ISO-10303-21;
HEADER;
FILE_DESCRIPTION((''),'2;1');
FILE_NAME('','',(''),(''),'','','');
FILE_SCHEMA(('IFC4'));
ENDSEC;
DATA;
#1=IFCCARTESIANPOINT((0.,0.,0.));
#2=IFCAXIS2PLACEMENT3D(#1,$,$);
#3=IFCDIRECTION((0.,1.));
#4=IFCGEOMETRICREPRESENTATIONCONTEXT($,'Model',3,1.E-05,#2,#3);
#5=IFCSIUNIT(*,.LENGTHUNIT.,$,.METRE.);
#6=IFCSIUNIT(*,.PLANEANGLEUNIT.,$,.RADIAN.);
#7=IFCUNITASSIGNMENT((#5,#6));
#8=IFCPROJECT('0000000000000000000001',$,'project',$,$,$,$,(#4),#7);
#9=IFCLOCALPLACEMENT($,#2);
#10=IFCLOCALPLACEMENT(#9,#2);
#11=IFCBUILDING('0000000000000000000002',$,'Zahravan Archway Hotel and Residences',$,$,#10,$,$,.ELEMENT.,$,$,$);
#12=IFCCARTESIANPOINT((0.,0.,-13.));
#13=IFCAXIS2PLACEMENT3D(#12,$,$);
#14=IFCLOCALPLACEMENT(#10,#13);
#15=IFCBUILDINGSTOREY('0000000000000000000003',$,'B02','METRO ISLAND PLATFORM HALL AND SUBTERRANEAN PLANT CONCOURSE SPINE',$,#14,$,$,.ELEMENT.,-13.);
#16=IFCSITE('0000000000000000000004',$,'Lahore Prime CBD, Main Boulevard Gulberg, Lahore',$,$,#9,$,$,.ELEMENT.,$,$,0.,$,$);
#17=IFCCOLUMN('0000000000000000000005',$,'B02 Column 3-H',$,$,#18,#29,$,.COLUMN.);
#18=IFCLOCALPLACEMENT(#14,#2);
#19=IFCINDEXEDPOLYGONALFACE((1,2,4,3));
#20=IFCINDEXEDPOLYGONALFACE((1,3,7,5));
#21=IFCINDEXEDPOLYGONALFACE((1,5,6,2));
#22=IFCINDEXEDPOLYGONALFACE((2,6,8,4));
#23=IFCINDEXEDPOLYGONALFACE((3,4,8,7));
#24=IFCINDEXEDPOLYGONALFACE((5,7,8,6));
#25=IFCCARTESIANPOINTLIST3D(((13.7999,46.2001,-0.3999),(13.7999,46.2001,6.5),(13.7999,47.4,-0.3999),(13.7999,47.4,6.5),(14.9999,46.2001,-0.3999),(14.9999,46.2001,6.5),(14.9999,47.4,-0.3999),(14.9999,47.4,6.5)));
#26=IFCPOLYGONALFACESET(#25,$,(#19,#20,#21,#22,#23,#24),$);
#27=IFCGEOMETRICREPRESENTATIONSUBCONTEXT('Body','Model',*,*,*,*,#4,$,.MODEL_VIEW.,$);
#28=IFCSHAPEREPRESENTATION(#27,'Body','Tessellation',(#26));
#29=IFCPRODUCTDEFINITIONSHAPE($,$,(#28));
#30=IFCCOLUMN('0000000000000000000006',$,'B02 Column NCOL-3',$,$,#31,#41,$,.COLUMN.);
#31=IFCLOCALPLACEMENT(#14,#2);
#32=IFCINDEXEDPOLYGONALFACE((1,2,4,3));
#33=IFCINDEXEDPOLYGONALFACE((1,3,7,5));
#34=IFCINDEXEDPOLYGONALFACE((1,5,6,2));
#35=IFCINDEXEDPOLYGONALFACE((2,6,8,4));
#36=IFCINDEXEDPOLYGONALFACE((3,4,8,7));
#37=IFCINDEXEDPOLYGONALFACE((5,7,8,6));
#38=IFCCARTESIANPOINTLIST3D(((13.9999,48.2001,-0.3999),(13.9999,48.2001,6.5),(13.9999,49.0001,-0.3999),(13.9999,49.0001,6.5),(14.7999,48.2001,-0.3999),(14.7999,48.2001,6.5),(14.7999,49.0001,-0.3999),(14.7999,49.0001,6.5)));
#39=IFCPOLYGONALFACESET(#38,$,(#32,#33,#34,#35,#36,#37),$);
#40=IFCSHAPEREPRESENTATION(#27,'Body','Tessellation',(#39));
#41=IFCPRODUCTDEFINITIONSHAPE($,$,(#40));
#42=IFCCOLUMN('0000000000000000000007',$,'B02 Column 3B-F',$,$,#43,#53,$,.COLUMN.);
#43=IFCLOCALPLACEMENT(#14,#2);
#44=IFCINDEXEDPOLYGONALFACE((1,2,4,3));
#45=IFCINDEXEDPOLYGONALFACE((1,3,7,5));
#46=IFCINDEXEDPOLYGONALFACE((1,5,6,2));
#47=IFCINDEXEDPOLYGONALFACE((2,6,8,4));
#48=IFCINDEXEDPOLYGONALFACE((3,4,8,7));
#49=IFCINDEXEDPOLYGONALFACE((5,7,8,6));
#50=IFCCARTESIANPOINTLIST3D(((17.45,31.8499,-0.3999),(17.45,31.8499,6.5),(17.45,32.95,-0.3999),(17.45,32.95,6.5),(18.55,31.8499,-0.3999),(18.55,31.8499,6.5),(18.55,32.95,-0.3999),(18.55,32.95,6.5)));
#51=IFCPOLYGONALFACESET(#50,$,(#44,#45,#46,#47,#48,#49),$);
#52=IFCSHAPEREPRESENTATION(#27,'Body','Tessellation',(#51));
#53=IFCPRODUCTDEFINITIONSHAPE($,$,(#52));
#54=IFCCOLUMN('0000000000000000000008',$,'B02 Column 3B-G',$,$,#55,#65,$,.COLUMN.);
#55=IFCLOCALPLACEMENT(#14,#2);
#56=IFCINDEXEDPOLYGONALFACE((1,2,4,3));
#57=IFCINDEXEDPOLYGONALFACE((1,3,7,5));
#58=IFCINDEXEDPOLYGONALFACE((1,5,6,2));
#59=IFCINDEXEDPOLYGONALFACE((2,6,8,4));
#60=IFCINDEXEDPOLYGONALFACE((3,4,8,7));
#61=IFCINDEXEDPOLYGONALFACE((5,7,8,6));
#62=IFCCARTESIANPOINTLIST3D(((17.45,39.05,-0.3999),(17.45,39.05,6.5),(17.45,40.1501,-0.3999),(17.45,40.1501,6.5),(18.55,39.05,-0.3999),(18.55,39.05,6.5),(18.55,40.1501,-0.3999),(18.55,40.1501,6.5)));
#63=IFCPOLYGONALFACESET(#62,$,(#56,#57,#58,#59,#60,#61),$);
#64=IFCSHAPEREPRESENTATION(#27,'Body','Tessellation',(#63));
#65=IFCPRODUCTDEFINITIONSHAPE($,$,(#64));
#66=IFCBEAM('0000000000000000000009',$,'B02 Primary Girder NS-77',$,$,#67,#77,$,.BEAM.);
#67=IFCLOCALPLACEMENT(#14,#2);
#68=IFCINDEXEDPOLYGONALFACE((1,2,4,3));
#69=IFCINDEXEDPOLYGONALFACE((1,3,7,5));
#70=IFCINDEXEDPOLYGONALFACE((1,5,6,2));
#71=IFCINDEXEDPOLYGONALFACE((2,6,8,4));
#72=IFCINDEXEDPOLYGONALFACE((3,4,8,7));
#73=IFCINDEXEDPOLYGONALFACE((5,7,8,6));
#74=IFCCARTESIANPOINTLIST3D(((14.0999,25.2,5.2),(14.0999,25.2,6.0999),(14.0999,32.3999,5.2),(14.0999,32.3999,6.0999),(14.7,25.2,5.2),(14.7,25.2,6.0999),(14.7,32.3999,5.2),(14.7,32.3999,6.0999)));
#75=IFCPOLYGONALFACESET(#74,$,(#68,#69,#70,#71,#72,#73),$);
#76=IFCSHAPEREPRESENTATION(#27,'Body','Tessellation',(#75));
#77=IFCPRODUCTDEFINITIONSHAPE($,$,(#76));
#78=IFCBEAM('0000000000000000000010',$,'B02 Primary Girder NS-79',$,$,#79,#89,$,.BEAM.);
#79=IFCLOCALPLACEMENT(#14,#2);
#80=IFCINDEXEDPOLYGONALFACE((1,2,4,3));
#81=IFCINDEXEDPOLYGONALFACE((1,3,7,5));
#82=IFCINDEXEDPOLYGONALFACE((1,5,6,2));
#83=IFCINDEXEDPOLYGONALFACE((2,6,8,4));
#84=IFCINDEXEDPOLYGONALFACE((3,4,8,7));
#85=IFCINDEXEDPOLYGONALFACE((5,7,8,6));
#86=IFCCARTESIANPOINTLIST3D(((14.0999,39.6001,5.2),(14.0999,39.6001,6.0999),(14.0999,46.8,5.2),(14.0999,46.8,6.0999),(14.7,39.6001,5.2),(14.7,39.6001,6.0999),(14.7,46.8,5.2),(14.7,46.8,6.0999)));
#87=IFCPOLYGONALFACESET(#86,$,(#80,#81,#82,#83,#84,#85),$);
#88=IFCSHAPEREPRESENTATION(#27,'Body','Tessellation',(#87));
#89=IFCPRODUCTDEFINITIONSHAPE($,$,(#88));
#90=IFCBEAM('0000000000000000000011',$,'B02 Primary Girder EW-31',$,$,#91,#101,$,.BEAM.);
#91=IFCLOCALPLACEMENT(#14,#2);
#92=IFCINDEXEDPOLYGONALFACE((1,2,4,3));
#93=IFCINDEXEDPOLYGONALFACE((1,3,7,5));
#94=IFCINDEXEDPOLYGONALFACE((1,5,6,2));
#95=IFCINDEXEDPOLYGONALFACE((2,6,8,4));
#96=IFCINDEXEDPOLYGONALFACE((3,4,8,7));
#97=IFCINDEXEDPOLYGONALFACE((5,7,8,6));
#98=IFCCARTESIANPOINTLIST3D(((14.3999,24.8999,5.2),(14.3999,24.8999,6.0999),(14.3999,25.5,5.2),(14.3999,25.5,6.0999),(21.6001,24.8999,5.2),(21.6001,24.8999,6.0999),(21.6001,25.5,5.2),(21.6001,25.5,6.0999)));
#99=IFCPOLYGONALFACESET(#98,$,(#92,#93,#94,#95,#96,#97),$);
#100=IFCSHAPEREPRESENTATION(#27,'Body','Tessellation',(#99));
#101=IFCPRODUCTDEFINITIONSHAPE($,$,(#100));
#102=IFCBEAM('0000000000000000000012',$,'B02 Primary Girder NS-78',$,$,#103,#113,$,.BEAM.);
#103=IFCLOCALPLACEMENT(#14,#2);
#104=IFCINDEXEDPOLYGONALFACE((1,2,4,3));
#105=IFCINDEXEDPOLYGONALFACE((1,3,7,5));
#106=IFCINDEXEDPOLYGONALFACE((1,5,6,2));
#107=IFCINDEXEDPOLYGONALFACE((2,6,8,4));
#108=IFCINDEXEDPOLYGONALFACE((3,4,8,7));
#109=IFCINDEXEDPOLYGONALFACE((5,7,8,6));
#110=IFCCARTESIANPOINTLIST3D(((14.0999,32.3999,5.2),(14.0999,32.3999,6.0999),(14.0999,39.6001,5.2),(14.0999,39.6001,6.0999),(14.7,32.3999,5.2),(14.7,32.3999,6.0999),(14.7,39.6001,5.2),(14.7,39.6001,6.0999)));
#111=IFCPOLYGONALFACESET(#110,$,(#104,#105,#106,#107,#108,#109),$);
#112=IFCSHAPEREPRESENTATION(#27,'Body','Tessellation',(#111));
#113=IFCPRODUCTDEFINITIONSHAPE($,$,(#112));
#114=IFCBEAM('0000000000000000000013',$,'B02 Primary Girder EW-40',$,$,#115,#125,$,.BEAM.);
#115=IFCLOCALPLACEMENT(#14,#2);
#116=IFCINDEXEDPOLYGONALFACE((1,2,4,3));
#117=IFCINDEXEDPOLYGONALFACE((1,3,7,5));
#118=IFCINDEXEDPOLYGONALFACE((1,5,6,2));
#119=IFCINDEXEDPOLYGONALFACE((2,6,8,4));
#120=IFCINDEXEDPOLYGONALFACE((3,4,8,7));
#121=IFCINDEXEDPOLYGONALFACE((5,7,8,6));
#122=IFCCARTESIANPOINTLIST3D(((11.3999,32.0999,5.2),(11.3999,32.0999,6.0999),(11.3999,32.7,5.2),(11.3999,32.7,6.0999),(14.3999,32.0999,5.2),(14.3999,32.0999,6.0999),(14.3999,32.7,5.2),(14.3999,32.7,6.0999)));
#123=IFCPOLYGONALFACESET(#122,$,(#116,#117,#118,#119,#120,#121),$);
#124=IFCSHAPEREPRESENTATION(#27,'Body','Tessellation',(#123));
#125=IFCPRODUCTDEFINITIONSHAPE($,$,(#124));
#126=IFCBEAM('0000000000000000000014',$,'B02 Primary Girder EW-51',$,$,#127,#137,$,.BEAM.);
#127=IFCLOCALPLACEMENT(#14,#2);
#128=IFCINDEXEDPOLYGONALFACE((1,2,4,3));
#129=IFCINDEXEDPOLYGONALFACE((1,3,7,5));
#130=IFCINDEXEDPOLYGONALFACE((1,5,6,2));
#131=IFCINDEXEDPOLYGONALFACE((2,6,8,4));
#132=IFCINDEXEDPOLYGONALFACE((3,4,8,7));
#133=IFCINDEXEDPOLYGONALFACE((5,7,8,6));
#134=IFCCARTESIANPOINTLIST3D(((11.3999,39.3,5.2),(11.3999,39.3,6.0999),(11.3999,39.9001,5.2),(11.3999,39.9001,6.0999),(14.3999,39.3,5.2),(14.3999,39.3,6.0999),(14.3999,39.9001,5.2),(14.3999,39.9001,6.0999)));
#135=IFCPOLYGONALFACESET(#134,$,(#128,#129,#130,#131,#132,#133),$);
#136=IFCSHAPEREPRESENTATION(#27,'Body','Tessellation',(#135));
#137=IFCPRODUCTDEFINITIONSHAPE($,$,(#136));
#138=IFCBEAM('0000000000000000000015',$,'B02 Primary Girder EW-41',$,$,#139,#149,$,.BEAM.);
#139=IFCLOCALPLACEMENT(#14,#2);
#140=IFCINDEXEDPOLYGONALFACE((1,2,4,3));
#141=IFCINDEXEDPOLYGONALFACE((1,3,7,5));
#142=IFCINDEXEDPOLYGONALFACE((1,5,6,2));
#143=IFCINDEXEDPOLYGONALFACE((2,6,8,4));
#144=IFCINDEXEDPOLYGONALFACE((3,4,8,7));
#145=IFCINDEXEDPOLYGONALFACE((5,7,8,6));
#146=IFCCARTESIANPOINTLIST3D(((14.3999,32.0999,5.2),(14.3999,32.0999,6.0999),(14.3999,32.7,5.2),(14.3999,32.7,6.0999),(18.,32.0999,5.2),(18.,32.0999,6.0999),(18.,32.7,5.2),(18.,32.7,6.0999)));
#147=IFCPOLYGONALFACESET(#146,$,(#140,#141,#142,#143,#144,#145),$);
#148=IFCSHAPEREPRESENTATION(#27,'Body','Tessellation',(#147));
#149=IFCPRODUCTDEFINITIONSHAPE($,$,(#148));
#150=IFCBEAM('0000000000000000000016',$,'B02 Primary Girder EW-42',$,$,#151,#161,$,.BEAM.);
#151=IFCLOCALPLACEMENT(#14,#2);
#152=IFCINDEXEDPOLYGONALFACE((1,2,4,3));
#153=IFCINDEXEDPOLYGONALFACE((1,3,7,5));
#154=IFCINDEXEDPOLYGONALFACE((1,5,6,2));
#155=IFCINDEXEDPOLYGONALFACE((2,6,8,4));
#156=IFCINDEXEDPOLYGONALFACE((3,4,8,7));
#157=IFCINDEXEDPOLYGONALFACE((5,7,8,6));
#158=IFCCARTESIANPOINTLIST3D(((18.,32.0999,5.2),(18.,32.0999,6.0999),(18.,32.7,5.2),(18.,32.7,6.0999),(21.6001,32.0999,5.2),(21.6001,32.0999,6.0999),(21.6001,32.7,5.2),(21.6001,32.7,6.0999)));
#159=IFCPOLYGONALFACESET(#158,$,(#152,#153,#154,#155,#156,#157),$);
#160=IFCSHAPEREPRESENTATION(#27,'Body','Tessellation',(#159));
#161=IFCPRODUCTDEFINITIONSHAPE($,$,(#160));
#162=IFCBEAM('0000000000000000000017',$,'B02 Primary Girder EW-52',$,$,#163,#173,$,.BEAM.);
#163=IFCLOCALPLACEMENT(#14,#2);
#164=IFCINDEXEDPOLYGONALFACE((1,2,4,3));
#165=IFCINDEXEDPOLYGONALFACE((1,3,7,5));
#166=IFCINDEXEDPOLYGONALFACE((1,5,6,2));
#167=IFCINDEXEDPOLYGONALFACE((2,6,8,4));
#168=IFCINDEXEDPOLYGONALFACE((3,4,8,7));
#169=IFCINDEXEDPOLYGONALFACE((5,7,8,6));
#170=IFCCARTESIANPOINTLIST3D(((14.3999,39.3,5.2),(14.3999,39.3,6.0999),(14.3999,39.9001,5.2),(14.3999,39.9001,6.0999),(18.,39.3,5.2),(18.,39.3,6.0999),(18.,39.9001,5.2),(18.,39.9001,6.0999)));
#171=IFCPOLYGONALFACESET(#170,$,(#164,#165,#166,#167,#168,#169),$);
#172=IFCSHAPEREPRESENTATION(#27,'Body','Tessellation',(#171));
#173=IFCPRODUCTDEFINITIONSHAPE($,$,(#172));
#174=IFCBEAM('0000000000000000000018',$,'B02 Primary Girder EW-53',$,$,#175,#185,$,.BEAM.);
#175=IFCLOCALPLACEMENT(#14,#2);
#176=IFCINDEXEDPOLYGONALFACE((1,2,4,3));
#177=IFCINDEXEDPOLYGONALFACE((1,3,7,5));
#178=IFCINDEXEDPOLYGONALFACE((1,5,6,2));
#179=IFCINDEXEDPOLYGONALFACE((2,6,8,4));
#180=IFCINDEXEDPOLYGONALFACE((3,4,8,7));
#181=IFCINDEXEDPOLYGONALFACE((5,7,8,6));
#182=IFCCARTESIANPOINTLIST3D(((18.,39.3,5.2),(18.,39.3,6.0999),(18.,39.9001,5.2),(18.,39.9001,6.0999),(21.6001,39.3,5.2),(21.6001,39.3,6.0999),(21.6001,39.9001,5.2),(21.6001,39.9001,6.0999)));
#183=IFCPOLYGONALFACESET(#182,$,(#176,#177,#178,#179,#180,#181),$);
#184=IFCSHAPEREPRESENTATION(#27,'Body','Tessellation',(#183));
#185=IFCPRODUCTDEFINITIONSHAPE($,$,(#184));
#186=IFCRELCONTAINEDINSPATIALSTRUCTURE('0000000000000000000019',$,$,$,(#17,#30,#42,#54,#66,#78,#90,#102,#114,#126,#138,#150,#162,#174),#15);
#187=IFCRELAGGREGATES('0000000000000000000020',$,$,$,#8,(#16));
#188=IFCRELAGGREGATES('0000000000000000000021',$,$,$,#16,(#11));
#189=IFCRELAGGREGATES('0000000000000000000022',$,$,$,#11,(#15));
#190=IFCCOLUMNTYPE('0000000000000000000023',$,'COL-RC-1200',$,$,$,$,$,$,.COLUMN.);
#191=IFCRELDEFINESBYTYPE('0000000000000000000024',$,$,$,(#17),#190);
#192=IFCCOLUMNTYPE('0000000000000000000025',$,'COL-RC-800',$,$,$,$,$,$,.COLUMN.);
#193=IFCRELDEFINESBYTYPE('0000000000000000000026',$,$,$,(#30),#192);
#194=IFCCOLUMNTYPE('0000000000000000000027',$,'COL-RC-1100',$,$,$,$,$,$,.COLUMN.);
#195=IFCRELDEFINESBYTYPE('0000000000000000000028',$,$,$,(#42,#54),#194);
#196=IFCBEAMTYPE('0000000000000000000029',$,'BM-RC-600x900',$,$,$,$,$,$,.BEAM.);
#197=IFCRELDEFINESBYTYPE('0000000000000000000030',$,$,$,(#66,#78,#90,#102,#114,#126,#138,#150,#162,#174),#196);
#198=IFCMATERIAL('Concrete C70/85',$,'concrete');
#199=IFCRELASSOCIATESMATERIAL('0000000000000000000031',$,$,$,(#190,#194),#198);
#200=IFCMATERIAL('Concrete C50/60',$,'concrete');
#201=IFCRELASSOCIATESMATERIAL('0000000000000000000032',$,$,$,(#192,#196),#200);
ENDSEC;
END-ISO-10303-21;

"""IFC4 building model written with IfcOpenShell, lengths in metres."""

from ifc_helpers import new_model, si_unit, direction, frame, origin, origin_2d, place, context, subcontext, project, spatial, rectangle, extrude, source, transform, mapped, material, material_profile, profile_set, type_object, type_shapes, element, save


model = new_model("IFC4")

# Units and contexts
model_context = context("Model", 3, precision=1e-05, world=origin(), true_north=direction((0.0, 1.0)))
body_context = subcontext(model_context, "Body", "Model", "MODEL_VIEW")
ifc_project = project(units=[si_unit("LENGTHUNIT", "METRE"), si_unit("PLANEANGLEUNIT", "RADIAN")], contexts=[model_context])

# Site, building, storey
site_placement = place(None, origin())
site = spatial("IfcSite", under=ifc_project, at=site_placement, Name="Lahore Prime CBD, Main Boulevard Gulberg, Lahore", CompositionType="ELEMENT", RefElevation=0.0)
building_placement = place(site_placement, origin())
building = spatial("IfcBuilding", under=site, at=building_placement, Name="Zahravan Archway Hotel and Residences", CompositionType="ELEMENT")
storey_placement = place(building_placement, frame((0.0, 0.0, -13.0)))
storey = spatial("IfcBuildingStorey", under=building, at=storey_placement, Name="B02", Description="METRO ISLAND PLATFORM HALL AND SUBTERRANEAN PLANT CONCOURSE SPINE", CompositionType="ELEMENT", Elevation=-13.0)

# Shared definitions
ifc_material_1 = material(Name="Concrete C50/60", Category="concrete")

# Columns
ifc_material_2 = material(Name="Concrete C70/85", Category="concrete")
ifc_material_profile_1 = material_profile(ifc_material_2, rectangle(XDim=1.2, YDim=1.2, at=origin_2d()), Name="RC-COL-1200x1200", Category="concrete")
ifc_profile_set_1 = profile_set([ifc_material_profile_1], Name="Concrete C70/85")
column_type_1 = type_object("IfcColumnType", Name="COL-RC-1200", PredefinedType="COLUMN", material=ifc_profile_set_1)
shared_shape_1 = source(origin(), body_context, "Body", "SweptSolid", [
    extrude(rectangle(XDim=1.2, YDim=1.2, at=origin_2d()), origin(), (0.0, 0.0, 1.0), 6.8999),
])
type_shapes(column_type_1, [shared_shape_1])
for number, where, z_axis, x_axis, name in (
    (1, (14.3999, 46.8, -0.3999), (0.0, 0.0, 1.0), (1.0, 0.0, 0.0), "B02 Column 3-H"),
):
    element("IfcColumn", number, at=place(storey_placement, frame(where, z_axis=z_axis, x_axis=x_axis)), inside=storey, type_object=column_type_1, Name=name, PredefinedType="COLUMN", context=body_context, shape_type="MappedRepresentation", body=[
        mapped(shared_shape_1, transform((0.0, 0.0, 0.0), scale=1.0)),
    ])
ifc_material_profile_2 = material_profile(ifc_material_1, rectangle(XDim=0.8, YDim=0.8, at=origin_2d()), Name="RC-COL-800x800", Category="concrete")
ifc_profile_set_2 = profile_set([ifc_material_profile_2], Name="Concrete C50/60")
column_type_2 = type_object("IfcColumnType", Name="COL-RC-800", PredefinedType="COLUMN", material=ifc_profile_set_2)
shared_shape_2 = source(origin(), body_context, "Body", "SweptSolid", [
    extrude(rectangle(XDim=0.8, YDim=0.8, at=origin_2d()), origin(), (0.0, 0.0, 1.0), 6.8999),
])
type_shapes(column_type_2, [shared_shape_2])
column_placement = place(storey_placement, frame((14.3999, 48.6001, -0.3999), z_axis=(0.0, 0.0, 1.0), x_axis=(1.0, 0.0, 0.0)))
element("IfcColumn", 2, at=column_placement, inside=storey, type_object=column_type_2, Name="B02 Column NCOL-3", PredefinedType="COLUMN", context=body_context, shape_type="MappedRepresentation", body=[
    mapped(shared_shape_2, transform((0.0, 0.0, 0.0), scale=1.0)),
])
ifc_material_profile_3 = material_profile(ifc_material_2, rectangle(XDim=1.1001, YDim=1.1001, at=origin_2d()), Name="RC 1100x1100", Category="concrete")
ifc_profile_set_3 = profile_set([ifc_material_profile_3], Name="Concrete C70/85")
column_type_3 = type_object("IfcColumnType", Name="COL-RC-1100", PredefinedType="COLUMN", material=ifc_profile_set_3)
shared_shape_3 = source(origin(), body_context, "Body", "SweptSolid", [
    extrude(rectangle(XDim=1.1001, YDim=1.1001, at=origin_2d()), origin(), (0.0, 0.0, 1.0), 6.8999),
])
type_shapes(column_type_3, [shared_shape_3])
for number, where, z_axis, x_axis, name in (
    (3, (18.0, 32.3999, -0.3999), (0.0, 0.0, 1.0), (1.0, 0.0, 0.0), "B02 Column 3B-F"),
    (4, (18.0, 39.6001, -0.3999), (0.0, 0.0, 1.0), (1.0, 0.0, 0.0), "B02 Column 3B-G"),
):
    element("IfcColumn", number, at=place(storey_placement, frame(where, z_axis=z_axis, x_axis=x_axis)), inside=storey, type_object=column_type_3, Name=name, PredefinedType="COLUMN", context=body_context, shape_type="MappedRepresentation", body=[
        mapped(shared_shape_3, transform((0.0, 0.0, 0.0), scale=1.0)),
    ])

# Beams
ifc_material_profile_4 = material_profile(ifc_material_1, rectangle(XDim=0.6001, YDim=0.8999, at=origin_2d()), Name="RC-BM-600x900", Category="concrete")
ifc_profile_set_4 = profile_set([ifc_material_profile_4], Name="Concrete C50/60")
beam_type_1 = type_object("IfcBeamType", Name="BM-RC-600x900", PredefinedType="BEAM", material=ifc_profile_set_4)
shared_shape_4 = source(origin(), body_context, "Body", "SweptSolid", [
    extrude(rectangle(XDim=0.6001, YDim=0.8999, at=origin_2d()), origin(), (0.0, 0.0, 1.0), 7.2),
])
for number, where, z_axis, x_axis, name in (
    (5, (14.3999, 25.2, 5.6499), (0.0, 1.0, 0.0), (-1.0, 0.0, 0.0), "B02 Primary Girder NS-77"),
    (6, (14.3999, 39.6001, 5.6499), (0.0, 1.0, 0.0), (-1.0, 0.0, 0.0), "B02 Primary Girder NS-79"),
):
    element("IfcBeam", number, at=place(storey_placement, frame(where, z_axis=z_axis, x_axis=x_axis)), inside=storey, type_object=beam_type_1, Name=name, PredefinedType="BEAM", context=body_context, shape_type="MappedRepresentation", body=[
        mapped(shared_shape_4, transform((0.0, 0.0, 0.0), scale=1.0)),
    ])
shared_shape_5 = source(origin(), body_context, "Body", "SweptSolid", [
    extrude(rectangle(XDim=0.6001, YDim=0.8999, at=origin_2d()), origin(), (0.0, 0.0, 1.0), 7.2002),
])
for number, where, z_axis, x_axis, name in (
    (7, (14.3999, 25.2, 5.6499), (1.0, 0.0, 0.0), (0.0, 1.0, 0.0), "B02 Primary Girder EW-31"),
    (8, (14.3999, 32.3999, 5.6499), (0.0, 1.0, 0.0), (-1.0, 0.0, 0.0), "B02 Primary Girder NS-78"),
):
    element("IfcBeam", number, at=place(storey_placement, frame(where, z_axis=z_axis, x_axis=x_axis)), inside=storey, type_object=beam_type_1, Name=name, PredefinedType="BEAM", context=body_context, shape_type="MappedRepresentation", body=[
        mapped(shared_shape_5, transform((0.0, 0.0, 0.0), scale=1.0)),
    ])
shared_shape_6 = source(origin(), body_context, "Body", "SweptSolid", [
    extrude(rectangle(XDim=0.6001, YDim=0.8999, at=origin_2d()), origin(), (0.0, 0.0, 1.0), 3.0),
])
for number, where, z_axis, x_axis, name in (
    (9, (11.3999, 32.3999, 5.6499), (1.0, 0.0, 0.0), (0.0, 1.0, 0.0), "B02 Primary Girder EW-40"),
    (10, (11.3999, 39.6001, 5.6499), (1.0, 0.0, 0.0), (0.0, 1.0, 0.0), "B02 Primary Girder EW-51"),
):
    element("IfcBeam", number, at=place(storey_placement, frame(where, z_axis=z_axis, x_axis=x_axis)), inside=storey, type_object=beam_type_1, Name=name, PredefinedType="BEAM", context=body_context, shape_type="MappedRepresentation", body=[
        mapped(shared_shape_6, transform((0.0, 0.0, 0.0), scale=1.0)),
    ])
shared_shape_7 = source(origin(), body_context, "Body", "SweptSolid", [
    extrude(rectangle(XDim=0.6001, YDim=0.8999, at=origin_2d()), origin(), (0.0, 0.0, 1.0), 3.6001),
])
for number, where, z_axis, x_axis, name in (
    (11, (14.3999, 32.3999, 5.6499), (1.0, 0.0, 0.0), (0.0, 1.0, 0.0), "B02 Primary Girder EW-41"),
    (12, (18.0, 32.3999, 5.6499), (1.0, 0.0, 0.0), (0.0, 1.0, 0.0), "B02 Primary Girder EW-42"),
    (13, (14.3999, 39.6001, 5.6499), (1.0, 0.0, 0.0), (0.0, 1.0, 0.0), "B02 Primary Girder EW-52"),
    (14, (18.0, 39.6001, 5.6499), (1.0, 0.0, 0.0), (0.0, 1.0, 0.0), "B02 Primary Girder EW-53"),
):
    element("IfcBeam", number, at=place(storey_placement, frame(where, z_axis=z_axis, x_axis=x_axis)), inside=storey, type_object=beam_type_1, Name=name, PredefinedType="BEAM", context=body_context, shape_type="MappedRepresentation", body=[
        mapped(shared_shape_7, transform((0.0, 0.0, 0.0), scale=1.0)),
    ])

save(model, "model.ifc")
